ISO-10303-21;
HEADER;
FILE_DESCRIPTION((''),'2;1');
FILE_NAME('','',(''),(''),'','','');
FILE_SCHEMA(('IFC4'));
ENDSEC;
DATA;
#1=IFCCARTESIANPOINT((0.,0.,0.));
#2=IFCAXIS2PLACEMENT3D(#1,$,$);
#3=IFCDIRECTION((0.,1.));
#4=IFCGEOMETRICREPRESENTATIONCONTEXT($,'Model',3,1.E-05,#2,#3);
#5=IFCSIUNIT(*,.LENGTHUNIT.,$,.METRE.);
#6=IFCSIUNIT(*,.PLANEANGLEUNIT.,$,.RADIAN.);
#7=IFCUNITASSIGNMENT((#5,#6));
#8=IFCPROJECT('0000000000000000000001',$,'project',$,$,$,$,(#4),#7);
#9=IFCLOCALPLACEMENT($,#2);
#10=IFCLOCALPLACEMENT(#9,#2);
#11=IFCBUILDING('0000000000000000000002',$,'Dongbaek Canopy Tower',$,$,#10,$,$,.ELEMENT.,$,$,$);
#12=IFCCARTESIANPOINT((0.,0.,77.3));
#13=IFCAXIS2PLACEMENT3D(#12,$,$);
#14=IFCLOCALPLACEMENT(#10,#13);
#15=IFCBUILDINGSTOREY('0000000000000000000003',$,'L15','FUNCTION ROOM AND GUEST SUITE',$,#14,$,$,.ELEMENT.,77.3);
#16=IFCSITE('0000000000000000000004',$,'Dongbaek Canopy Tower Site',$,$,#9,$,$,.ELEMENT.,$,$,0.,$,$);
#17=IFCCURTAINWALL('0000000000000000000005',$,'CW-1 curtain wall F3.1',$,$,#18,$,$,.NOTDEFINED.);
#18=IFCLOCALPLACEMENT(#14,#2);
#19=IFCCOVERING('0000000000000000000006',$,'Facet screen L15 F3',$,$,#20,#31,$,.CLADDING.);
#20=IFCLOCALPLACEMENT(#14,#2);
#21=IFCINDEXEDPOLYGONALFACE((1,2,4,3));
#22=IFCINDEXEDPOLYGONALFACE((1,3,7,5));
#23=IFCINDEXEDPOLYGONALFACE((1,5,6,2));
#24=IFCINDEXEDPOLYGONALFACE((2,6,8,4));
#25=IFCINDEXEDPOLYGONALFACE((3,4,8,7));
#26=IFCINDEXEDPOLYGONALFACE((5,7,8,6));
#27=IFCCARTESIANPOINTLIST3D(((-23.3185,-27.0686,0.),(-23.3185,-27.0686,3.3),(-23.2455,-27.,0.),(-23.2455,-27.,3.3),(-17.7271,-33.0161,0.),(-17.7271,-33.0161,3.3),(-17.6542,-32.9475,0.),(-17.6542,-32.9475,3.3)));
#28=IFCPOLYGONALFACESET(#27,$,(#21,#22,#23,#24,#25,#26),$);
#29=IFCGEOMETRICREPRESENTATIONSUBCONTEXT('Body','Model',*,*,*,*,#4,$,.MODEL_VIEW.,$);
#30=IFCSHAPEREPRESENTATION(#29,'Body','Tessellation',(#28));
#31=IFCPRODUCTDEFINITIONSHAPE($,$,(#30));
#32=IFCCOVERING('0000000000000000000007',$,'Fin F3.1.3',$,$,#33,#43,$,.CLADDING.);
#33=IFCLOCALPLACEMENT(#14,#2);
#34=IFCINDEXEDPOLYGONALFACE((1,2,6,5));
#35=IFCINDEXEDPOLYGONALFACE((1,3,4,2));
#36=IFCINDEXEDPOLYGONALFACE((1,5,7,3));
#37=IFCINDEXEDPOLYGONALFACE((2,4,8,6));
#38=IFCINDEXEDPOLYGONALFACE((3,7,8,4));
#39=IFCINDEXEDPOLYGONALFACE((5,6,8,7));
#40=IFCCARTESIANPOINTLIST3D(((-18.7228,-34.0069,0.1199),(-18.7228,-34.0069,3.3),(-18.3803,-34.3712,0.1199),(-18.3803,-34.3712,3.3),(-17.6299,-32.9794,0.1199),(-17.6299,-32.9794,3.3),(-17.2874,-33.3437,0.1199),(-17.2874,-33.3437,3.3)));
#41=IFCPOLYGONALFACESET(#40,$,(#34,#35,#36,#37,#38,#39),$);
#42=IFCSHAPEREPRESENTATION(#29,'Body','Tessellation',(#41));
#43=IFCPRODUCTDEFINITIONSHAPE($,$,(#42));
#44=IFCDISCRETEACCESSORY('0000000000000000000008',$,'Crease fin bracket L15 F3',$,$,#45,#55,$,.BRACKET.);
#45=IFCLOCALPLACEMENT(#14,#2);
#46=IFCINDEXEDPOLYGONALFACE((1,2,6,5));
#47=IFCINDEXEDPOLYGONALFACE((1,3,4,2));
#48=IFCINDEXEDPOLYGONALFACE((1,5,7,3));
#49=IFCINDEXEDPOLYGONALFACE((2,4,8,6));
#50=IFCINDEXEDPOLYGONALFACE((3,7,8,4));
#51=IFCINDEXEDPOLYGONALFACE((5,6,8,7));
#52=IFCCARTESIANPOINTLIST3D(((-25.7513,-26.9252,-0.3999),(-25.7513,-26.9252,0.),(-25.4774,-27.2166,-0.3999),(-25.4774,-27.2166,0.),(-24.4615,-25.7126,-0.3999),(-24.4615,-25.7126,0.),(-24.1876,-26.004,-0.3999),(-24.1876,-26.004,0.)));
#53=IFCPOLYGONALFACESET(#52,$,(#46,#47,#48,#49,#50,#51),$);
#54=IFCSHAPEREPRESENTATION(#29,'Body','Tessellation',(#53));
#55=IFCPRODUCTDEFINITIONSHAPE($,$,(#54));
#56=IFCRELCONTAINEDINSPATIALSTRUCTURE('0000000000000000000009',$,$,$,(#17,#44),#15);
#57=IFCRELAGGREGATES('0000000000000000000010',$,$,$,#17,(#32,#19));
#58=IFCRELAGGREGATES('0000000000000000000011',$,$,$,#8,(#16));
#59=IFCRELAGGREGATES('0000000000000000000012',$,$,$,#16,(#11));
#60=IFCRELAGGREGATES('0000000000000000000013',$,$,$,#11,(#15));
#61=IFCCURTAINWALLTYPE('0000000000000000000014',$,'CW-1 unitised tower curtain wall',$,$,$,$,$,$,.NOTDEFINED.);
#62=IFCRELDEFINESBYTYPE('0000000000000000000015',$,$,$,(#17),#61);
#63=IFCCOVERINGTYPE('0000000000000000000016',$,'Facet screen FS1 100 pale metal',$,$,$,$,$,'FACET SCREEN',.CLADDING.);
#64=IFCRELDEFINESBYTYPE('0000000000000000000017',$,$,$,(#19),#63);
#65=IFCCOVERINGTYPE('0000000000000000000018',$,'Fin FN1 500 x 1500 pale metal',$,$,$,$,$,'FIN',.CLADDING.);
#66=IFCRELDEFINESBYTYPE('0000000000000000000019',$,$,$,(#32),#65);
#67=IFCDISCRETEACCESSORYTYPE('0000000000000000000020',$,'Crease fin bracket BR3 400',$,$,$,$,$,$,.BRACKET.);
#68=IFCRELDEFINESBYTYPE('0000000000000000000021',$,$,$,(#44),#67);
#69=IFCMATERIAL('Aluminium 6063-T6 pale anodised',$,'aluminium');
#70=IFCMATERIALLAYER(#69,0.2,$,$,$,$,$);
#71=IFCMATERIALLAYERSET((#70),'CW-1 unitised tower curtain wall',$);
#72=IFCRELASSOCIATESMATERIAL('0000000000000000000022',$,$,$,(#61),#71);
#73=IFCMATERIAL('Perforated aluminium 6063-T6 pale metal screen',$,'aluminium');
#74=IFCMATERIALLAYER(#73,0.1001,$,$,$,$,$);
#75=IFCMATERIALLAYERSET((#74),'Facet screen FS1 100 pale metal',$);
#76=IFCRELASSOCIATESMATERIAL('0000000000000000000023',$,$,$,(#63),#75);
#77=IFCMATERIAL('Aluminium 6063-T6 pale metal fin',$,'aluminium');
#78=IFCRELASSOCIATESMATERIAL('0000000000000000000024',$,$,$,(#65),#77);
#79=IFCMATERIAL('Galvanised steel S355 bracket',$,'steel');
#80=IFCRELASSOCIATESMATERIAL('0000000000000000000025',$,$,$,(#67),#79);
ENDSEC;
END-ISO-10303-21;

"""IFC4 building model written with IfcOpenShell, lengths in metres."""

from ifc_helpers import new_model, si_unit, direction, frame, origin, origin_2d, place, context, subcontext, project, spatial, rectangle, extrude, material, layer, layer_set, material_profile, profile_set, type_object, element, aggregate, save


model = new_model("IFC4")

# Units and contexts
model_context = context("Model", 3, precision=1e-05, world=origin(), true_north=direction((0.0, 1.0)))
body_context = subcontext(model_context, "Body", "Model", "MODEL_VIEW")
ifc_project = project(units=[si_unit("LENGTHUNIT", "METRE"), si_unit("PLANEANGLEUNIT", "RADIAN")], contexts=[model_context])

# Site, building, storey
site_placement = place(None, origin())
site = spatial("IfcSite", under=ifc_project, at=site_placement, Name="Dongbaek Canopy Tower Site", CompositionType="ELEMENT", RefElevation=0.0)
building_placement = place(site_placement, origin())
building = spatial("IfcBuilding", under=site, at=building_placement, Name="Dongbaek Canopy Tower", CompositionType="ELEMENT")
storey_placement = place(building_placement, frame((0.0, 0.0, 77.3)))
storey = spatial("IfcBuildingStorey", under=building, at=storey_placement, Name="L15", Description="FUNCTION ROOM AND GUEST SUITE", CompositionType="ELEMENT", Elevation=77.3)

# Curtain wall
ifc_material_1 = material(Name="Aluminium 6063-T6 pale anodised", Category="aluminium")
ifc_layer_1 = layer(ifc_material_1, 0.2)
ifc_layer_set_1 = layer_set([ifc_layer_1], Name="CW-1 unitised tower curtain wall")
curtain_wall_type = type_object("IfcCurtainWallType", Name="CW-1 unitised tower curtain wall", PredefinedType="NOTDEFINED", material=ifc_layer_set_1)
curtain_wall_placement = place(storey_placement, origin())
curtain_wall = element("IfcCurtainWall", 1, at=curtain_wall_placement, inside=storey, type_object=curtain_wall_type, Name="CW-1 curtain wall F3.1", PredefinedType="NOTDEFINED")

# Coverings
ifc_material_2 = material(Name="Perforated aluminium 6063-T6 pale metal screen", Category="aluminium")
ifc_layer_2 = layer(ifc_material_2, 0.1001)
ifc_layer_set_2 = layer_set([ifc_layer_2], Name="Facet screen FS1 100 pale metal")
covering_type_1 = type_object("IfcCoveringType", Name="Facet screen FS1 100 pale metal", ElementType="FACET SCREEN", PredefinedType="CLADDING", material=ifc_layer_set_2)
covering_1_placement = place(storey_placement, frame((-20.4863, -30.0081, 0.0), z_axis=(0.0, 0.0, 1.0), x_axis=(0.684955, -0.728585, 0.0)))
covering_1 = element("IfcCovering", 2, at=covering_1_placement, type_object=covering_type_1, Name="Facet screen L15 F3", PredefinedType="CLADDING", context=body_context, shape_type="SweptSolid", body=[
    extrude(rectangle(XDim=8.1631, YDim=0.1001, at=origin_2d()), origin(), (0.0, 0.0, 1.0), 3.3),
])
ifc_material_3 = material(Name="Aluminium 6063-T6 pale metal fin", Category="aluminium")
ifc_material_profile_1 = material_profile(ifc_material_3, rectangle(XDim=1.5, YDim=0.5, at=origin_2d()), Name="Fin FN1 500 x 1500 pale metal")
ifc_profile_set_1 = profile_set([ifc_material_profile_1], Name="Aluminium 6063-T6 pale metal fin")
covering_type_2 = type_object("IfcCoveringType", Name="Fin FN1 500 x 1500 pale metal", ElementType="FIN", PredefinedType="CLADDING", material=ifc_profile_set_1)
covering_2_placement = place(storey_placement, frame((-18.0051, -33.6753, 0.1199), z_axis=(0.0, 0.0, 1.0), x_axis=(-0.728585, -0.684956, 0.0)))
covering_2 = element("IfcCovering", 3, at=covering_2_placement, type_object=covering_type_2, Name="Fin F3.1.3", PredefinedType="CLADDING", context=body_context, shape_type="SweptSolid", body=[
    extrude(rectangle(XDim=1.5, YDim=0.5, at=origin_2d()), origin(), (0.0, 0.0, 1.0), 3.1802),
])
aggregate(curtain_wall, [covering_2, covering_1])

# Discrete accessory
ifc_material_4 = material(Name="Galvanised steel S355 bracket", Category="steel")
discrete_accessory_type = type_object("IfcDiscreteAccessoryType", Name="Crease fin bracket BR3 400", PredefinedType="BRACKET", material=ifc_material_4)
discrete_accessory_placement = place(storey_placement, frame((-24.9695, -26.4646, -0.3999), z_axis=(0.0, 0.0, 1.0), x_axis=(-0.728585, -0.684955, 0.0)))
element("IfcDiscreteAccessory", 4, at=discrete_accessory_placement, inside=storey, type_object=discrete_accessory_type, Name="Crease fin bracket L15 F3", PredefinedType="BRACKET", context=body_context, shape_type="SweptSolid", body=[
    extrude(rectangle(XDim=1.7703, YDim=0.3999, at=origin_2d()), origin(), (0.0, 0.0, 1.0), 0.3999),
])

save(model, "model.ifc")
